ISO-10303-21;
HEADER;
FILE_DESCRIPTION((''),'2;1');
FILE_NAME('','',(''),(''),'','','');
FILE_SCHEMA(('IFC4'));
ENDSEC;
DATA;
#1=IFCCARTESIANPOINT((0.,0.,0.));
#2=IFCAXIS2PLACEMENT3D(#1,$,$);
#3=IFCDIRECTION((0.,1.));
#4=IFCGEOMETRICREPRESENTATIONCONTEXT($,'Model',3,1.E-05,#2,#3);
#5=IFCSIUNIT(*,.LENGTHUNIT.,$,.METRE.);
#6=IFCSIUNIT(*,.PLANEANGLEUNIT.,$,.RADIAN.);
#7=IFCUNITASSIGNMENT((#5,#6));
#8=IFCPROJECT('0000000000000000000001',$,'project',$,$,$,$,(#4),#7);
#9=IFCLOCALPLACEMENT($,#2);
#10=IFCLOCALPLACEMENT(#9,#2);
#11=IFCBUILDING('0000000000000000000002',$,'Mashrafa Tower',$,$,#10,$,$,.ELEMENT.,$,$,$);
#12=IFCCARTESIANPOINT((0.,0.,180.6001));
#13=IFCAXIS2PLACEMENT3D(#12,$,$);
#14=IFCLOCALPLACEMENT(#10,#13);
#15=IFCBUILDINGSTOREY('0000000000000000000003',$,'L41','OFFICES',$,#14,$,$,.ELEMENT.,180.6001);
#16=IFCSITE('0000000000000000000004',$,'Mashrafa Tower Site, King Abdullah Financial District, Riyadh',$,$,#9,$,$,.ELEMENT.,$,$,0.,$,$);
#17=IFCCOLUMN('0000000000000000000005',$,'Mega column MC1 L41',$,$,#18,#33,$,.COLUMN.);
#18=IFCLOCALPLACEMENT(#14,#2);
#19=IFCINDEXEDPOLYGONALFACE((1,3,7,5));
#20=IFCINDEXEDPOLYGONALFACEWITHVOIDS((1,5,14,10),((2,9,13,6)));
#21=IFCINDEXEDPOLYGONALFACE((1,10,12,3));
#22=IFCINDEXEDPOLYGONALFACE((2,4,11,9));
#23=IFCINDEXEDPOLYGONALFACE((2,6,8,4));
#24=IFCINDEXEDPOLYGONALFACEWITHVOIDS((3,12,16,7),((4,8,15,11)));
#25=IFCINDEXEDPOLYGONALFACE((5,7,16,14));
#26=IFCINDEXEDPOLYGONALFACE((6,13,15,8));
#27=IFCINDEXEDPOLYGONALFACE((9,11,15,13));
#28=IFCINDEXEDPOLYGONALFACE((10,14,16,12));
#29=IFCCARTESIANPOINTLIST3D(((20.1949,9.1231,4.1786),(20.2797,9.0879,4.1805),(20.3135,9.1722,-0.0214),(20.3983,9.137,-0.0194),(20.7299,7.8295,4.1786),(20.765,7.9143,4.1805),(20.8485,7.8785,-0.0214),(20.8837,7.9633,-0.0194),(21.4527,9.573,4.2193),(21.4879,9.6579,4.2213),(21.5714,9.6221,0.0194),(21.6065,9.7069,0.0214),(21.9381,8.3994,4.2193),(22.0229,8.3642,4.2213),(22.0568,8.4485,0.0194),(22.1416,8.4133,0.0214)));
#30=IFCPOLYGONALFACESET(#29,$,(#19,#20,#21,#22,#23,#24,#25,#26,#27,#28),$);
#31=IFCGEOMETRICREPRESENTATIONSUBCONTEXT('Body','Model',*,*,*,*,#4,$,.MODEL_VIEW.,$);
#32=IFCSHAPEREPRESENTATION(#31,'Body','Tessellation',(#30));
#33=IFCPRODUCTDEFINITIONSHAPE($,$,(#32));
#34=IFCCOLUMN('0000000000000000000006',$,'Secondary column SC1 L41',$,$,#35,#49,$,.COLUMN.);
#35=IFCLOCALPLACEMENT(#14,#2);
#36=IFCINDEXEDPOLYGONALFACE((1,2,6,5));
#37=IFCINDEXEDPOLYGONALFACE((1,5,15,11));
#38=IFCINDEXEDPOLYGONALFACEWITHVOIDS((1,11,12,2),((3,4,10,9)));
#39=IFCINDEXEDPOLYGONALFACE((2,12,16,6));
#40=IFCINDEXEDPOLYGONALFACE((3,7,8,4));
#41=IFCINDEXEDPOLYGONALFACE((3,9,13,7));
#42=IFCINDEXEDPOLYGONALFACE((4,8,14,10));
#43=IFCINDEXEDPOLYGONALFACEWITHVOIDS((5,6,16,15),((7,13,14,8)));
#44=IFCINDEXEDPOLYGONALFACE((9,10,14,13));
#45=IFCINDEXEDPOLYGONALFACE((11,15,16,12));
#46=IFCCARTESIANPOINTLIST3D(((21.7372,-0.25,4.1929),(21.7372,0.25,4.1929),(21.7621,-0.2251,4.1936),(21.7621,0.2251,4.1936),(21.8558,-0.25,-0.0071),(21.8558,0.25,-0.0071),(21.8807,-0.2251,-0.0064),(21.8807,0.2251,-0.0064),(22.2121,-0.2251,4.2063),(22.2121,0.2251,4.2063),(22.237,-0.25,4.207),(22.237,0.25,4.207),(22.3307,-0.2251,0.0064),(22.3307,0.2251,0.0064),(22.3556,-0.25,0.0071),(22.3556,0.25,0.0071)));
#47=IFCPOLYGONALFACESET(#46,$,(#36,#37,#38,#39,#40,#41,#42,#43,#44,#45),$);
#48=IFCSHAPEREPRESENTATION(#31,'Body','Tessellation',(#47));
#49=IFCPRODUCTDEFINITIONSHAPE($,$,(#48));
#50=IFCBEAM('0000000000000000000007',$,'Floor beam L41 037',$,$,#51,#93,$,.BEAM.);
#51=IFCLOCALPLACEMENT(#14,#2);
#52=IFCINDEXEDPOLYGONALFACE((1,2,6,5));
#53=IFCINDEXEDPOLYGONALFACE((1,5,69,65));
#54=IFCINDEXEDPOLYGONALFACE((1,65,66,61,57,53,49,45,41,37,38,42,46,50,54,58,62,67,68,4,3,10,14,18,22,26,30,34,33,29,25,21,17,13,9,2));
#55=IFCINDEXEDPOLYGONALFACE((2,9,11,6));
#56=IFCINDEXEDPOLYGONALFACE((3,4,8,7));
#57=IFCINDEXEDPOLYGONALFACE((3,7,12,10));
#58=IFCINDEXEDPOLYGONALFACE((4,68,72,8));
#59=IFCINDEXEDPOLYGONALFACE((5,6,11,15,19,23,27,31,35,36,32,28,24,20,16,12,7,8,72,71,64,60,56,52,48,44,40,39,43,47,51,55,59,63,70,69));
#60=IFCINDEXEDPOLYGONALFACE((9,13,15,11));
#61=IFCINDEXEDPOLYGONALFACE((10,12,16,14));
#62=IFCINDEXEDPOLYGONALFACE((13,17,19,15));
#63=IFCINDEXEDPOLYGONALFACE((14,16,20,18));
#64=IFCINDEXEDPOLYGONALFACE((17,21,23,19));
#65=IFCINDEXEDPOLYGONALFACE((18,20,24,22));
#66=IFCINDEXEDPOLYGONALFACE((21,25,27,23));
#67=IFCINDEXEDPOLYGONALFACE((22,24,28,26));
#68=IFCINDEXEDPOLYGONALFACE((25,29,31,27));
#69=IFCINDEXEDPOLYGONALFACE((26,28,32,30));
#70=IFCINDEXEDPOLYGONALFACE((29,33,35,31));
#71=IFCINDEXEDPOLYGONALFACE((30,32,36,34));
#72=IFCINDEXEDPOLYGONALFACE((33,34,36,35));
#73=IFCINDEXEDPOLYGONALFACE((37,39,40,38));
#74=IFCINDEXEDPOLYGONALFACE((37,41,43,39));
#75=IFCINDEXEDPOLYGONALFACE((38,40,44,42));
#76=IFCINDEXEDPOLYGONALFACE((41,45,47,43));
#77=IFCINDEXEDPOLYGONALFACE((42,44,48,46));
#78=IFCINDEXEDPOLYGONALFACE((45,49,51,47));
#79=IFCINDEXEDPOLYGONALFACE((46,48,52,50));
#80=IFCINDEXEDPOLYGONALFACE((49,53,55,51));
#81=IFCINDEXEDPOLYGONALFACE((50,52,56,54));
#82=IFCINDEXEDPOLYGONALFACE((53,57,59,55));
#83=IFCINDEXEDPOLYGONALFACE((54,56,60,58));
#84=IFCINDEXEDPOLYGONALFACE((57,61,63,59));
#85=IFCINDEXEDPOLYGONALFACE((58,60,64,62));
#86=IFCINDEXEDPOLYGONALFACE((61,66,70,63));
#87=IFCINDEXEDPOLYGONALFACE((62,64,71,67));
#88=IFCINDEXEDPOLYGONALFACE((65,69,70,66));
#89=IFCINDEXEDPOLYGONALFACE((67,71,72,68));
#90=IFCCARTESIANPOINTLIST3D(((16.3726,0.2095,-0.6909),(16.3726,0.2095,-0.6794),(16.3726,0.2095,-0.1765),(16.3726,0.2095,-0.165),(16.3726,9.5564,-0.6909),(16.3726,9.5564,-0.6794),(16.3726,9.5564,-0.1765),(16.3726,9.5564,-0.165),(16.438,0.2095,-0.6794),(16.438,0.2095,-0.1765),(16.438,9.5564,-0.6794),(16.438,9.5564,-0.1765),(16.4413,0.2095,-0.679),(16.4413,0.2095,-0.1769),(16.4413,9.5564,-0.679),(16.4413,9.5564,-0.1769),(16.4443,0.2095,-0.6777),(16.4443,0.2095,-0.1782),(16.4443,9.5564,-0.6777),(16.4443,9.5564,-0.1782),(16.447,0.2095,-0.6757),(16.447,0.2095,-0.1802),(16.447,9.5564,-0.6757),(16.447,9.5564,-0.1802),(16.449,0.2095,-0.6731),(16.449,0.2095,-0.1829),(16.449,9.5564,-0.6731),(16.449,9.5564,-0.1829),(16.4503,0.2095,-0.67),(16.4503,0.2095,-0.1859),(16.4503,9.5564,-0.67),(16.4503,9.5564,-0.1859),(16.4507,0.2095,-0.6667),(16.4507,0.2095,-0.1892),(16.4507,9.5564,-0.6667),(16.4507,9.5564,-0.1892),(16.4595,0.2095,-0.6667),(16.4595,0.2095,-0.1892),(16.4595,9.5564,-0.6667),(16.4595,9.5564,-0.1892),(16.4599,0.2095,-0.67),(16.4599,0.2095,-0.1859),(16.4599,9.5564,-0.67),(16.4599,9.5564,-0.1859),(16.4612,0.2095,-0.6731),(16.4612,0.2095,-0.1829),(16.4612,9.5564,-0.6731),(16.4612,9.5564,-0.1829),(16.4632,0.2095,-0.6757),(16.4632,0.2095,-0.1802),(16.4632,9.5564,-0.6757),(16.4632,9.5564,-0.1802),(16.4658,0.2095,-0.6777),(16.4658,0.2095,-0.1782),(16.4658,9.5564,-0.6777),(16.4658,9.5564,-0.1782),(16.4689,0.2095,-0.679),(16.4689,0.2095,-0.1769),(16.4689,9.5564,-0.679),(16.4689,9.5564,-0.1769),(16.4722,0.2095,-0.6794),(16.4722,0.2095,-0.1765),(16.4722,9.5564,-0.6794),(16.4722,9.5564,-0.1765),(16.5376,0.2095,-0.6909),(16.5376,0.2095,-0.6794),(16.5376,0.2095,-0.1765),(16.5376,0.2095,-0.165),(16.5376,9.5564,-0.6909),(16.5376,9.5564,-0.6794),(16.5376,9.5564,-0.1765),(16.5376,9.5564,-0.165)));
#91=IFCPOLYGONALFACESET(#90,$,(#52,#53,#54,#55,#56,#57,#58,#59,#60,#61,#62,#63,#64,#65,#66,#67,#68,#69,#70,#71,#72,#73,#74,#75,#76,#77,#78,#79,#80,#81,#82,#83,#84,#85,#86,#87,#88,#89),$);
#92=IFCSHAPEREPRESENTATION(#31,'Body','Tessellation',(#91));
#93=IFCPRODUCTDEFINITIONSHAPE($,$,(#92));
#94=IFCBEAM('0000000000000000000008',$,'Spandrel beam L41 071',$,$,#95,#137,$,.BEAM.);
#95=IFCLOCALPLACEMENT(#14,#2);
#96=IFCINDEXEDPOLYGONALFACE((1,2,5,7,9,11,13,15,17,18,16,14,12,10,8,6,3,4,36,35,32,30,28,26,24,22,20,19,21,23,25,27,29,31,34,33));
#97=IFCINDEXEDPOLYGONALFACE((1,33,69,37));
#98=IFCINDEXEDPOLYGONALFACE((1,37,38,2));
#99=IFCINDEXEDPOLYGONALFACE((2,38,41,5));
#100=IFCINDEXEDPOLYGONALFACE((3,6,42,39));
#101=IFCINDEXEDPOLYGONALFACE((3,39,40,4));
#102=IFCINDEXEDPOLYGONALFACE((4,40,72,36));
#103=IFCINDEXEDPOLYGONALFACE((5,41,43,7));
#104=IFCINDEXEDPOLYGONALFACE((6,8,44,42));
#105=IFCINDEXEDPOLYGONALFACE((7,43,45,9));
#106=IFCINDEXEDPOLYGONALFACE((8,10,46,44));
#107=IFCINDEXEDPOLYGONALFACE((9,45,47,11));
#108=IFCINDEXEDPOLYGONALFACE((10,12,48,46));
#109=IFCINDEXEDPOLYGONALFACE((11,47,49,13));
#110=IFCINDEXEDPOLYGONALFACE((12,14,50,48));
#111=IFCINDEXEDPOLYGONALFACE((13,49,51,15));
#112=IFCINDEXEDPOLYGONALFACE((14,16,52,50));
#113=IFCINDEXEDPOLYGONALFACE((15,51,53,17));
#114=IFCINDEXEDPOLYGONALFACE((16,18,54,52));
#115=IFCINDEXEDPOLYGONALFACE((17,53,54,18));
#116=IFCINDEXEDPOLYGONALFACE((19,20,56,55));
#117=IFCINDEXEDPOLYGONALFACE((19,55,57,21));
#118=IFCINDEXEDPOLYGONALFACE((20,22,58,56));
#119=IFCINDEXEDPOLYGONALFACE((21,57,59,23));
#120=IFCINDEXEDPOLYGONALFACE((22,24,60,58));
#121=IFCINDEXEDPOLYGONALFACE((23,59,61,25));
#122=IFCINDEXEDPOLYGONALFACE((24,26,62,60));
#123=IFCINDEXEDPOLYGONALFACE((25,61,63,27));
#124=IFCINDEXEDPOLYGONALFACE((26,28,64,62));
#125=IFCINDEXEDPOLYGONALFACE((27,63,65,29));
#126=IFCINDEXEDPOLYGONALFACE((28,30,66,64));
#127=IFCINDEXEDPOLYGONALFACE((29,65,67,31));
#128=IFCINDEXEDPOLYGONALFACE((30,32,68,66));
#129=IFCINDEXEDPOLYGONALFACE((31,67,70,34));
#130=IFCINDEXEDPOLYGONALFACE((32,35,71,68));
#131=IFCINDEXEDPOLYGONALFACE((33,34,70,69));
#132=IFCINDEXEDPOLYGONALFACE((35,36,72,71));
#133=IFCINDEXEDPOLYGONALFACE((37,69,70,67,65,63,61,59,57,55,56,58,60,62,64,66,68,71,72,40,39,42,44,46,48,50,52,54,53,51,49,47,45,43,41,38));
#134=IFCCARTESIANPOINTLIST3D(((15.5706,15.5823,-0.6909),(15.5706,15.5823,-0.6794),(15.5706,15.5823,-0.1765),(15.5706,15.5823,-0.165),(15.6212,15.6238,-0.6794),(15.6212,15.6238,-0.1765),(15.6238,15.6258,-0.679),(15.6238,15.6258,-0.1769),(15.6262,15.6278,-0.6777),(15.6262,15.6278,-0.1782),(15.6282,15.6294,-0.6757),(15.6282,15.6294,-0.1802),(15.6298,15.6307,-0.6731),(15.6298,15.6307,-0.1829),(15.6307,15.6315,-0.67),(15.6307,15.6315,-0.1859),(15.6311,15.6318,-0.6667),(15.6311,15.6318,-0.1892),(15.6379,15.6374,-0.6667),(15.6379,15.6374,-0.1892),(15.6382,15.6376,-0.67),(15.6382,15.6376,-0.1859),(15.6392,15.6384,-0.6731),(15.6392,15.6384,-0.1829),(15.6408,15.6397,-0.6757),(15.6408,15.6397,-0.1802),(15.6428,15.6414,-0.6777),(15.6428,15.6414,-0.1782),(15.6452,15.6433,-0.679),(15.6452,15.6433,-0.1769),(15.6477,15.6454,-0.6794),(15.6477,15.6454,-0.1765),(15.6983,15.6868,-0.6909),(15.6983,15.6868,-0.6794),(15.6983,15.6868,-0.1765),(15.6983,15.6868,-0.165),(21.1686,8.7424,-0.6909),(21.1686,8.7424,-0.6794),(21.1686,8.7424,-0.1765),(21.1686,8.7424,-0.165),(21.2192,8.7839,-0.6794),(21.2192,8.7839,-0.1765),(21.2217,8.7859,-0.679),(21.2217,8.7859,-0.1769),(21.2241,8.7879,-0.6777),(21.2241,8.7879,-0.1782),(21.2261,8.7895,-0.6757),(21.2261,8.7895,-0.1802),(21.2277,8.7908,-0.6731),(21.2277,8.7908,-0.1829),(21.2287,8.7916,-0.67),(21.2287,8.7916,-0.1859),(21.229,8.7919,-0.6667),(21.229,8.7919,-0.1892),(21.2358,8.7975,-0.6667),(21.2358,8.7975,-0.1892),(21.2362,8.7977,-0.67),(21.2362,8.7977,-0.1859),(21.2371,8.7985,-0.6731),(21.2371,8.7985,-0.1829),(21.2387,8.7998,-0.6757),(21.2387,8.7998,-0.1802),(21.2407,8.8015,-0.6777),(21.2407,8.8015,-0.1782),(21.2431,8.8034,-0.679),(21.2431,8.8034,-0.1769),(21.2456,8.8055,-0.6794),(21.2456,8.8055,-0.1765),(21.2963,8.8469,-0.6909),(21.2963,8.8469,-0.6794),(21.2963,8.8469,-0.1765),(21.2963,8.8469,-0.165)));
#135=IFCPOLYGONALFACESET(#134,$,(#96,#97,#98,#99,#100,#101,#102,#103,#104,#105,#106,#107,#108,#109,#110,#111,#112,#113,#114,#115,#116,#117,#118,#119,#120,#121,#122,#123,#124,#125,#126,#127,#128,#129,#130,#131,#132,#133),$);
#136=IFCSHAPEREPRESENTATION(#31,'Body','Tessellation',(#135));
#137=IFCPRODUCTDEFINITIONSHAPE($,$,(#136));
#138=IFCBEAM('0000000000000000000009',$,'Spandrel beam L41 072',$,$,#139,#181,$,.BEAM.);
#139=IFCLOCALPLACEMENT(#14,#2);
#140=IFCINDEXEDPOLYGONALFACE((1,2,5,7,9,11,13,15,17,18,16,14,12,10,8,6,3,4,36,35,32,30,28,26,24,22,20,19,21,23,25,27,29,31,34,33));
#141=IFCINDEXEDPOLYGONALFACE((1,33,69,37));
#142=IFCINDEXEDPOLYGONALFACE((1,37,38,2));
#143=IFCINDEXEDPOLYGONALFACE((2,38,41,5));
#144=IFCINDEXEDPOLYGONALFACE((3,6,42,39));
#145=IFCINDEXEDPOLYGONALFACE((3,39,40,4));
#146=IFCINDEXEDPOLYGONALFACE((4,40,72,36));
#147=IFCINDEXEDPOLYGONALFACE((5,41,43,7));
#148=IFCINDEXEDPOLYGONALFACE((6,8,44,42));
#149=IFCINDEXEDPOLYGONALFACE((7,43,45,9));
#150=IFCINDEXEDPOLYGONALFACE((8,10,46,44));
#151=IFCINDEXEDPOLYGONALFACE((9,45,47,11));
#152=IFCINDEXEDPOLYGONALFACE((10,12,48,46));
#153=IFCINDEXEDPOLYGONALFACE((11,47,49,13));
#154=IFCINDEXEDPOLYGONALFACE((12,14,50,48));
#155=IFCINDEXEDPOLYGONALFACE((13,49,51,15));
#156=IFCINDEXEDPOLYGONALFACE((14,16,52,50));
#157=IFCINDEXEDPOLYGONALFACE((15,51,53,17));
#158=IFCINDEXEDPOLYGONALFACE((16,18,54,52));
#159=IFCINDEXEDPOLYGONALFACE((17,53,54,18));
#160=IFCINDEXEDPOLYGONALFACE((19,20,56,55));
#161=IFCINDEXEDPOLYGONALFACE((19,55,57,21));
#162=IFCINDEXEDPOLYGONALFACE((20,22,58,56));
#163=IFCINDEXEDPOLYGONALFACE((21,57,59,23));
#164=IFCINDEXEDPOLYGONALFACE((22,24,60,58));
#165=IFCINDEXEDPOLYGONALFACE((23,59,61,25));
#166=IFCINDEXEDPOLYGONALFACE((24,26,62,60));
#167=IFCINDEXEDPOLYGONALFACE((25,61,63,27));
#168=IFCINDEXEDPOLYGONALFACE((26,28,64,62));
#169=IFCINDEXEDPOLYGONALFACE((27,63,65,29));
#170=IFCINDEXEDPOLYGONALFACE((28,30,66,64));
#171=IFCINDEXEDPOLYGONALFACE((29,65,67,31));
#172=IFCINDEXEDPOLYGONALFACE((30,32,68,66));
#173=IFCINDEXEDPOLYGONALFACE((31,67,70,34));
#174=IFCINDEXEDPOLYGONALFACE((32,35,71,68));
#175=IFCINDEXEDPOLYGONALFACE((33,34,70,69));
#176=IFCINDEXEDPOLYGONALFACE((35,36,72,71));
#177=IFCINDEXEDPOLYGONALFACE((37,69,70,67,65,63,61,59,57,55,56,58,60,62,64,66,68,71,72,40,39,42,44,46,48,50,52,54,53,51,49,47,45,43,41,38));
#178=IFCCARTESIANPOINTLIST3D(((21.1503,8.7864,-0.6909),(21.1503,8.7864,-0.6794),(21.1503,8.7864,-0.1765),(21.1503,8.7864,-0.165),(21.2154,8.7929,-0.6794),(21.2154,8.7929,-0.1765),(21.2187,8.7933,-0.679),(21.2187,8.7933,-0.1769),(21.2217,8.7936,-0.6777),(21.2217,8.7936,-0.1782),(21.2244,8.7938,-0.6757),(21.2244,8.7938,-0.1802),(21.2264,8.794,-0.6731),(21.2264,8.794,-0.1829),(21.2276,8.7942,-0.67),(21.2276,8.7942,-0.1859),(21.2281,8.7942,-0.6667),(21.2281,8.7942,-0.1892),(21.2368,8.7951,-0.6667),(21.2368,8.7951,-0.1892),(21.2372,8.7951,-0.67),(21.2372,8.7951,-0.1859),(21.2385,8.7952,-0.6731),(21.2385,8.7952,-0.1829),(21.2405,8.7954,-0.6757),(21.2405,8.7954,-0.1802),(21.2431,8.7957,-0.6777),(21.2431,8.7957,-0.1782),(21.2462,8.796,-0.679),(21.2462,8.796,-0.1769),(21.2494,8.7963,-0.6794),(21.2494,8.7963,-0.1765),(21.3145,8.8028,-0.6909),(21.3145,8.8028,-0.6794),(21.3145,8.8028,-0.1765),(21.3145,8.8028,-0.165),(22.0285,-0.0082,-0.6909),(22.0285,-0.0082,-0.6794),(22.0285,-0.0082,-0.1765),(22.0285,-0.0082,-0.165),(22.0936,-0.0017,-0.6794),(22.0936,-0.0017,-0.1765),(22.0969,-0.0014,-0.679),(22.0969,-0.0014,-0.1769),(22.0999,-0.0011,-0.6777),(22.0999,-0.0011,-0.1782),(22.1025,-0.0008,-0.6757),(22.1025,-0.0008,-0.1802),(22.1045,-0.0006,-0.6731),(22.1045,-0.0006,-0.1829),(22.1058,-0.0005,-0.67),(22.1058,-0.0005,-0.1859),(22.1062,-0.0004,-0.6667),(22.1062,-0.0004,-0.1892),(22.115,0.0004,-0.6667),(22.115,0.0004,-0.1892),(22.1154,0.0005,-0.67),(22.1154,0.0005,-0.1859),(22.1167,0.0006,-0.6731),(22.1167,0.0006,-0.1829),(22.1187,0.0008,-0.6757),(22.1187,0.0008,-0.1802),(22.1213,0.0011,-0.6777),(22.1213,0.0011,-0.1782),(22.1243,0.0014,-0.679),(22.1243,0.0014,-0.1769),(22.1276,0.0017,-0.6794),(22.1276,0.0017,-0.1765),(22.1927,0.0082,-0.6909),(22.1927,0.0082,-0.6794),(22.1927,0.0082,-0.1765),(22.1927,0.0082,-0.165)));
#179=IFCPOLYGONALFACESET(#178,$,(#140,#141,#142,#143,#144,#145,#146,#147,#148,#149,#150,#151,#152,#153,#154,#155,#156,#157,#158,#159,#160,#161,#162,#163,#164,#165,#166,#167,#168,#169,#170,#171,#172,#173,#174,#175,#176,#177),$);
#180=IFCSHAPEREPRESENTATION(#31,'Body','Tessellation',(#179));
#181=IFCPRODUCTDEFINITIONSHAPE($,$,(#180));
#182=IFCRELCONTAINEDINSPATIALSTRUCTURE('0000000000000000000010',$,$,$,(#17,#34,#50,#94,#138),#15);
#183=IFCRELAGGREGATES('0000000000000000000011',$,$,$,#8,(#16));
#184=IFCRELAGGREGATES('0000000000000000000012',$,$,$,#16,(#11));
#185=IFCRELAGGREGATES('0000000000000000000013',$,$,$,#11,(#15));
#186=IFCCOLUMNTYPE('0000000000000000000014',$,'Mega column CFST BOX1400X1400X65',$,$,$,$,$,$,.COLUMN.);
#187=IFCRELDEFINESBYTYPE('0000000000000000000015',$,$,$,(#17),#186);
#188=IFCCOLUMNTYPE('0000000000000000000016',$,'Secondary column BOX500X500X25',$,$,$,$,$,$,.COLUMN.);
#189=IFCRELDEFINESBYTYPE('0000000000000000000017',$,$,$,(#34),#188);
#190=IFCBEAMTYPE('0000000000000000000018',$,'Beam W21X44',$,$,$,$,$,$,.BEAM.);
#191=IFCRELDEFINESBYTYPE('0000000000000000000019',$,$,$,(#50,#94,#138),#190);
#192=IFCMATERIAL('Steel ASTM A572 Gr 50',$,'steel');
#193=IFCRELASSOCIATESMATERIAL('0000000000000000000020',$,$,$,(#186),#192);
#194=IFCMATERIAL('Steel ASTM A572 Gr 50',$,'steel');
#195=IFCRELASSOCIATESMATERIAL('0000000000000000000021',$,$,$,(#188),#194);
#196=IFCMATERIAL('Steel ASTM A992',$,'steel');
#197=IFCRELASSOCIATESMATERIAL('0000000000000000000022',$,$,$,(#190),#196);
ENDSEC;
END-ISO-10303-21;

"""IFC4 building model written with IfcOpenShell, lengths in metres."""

from ifc_helpers import new_model, si_unit, direction, frame, origin, origin_2d, place, context, subcontext, project, spatial, hollow_rectangle, i_section, extrude, material, material_profile, profile_set, type_object, element, save


model = new_model("IFC4")

# Units and contexts
model_context = context("Model", 3, precision=1e-05, world=origin(), true_north=direction((0.0, 1.0)))
body_context = subcontext(model_context, "Body", "Model", "MODEL_VIEW")
ifc_project = project(units=[si_unit("LENGTHUNIT", "METRE"), si_unit("PLANEANGLEUNIT", "RADIAN")], contexts=[model_context])

# Site, building, storey
site_placement = place(None, origin())
site = spatial("IfcSite", under=ifc_project, at=site_placement, Name="Mashrafa Tower Site, King Abdullah Financial District, Riyadh", CompositionType="ELEMENT", RefElevation=0.0)
building_placement = place(site_placement, origin())
building = spatial("IfcBuilding", under=site, at=building_placement, Name="Mashrafa Tower", CompositionType="ELEMENT")
storey_placement = place(building_placement, frame((0.0, 0.0, 180.6001)))
storey = spatial("IfcBuildingStorey", under=building, at=storey_placement, Name="L41", Description="OFFICES", CompositionType="ELEMENT", Elevation=180.6001)

# Columns
ifc_material_1 = material(Name="Steel ASTM A572 Gr 50", Category="steel")
ifc_material_profile_1 = material_profile(ifc_material_1, hollow_rectangle(XDim=1.3999, YDim=1.3999, WallThickness=0.0649, at=origin_2d()), Name="BOX1400X1400X65")
ifc_profile_set_1 = profile_set([ifc_material_profile_1], Name="Steel ASTM A572 Gr 50")
column_type_1 = type_object("IfcColumnType", Name="Mega column CFST BOX1400X1400X65", PredefinedType="COLUMN", material=ifc_profile_set_1)
column_1_placement = place(storey_placement, frame((21.2275, 8.7927, 0.0), z_axis=(-0.028238, -0.011679, 0.999533), x_axis=(0.382184, -0.924086, 0.0)))
element("IfcColumn", 1, at=column_1_placement, inside=storey, type_object=column_type_1, Name="Mega column MC1 L41", PredefinedType="COLUMN", context=body_context, shape_type="SweptSolid", body=[
    extrude(hollow_rectangle(XDim=1.3999, YDim=1.3999, WallThickness=0.0649, at=origin_2d()), origin(), (0.0, 0.0, 1.0), 4.2019),
])
ifc_material_2 = material(Name="Steel ASTM A572 Gr 50", Category="steel")
ifc_material_profile_2 = material_profile(ifc_material_2, hollow_rectangle(XDim=0.5, YDim=0.5, WallThickness=0.0249, at=origin_2d()), Name="BOX500X500X25")
ifc_profile_set_2 = profile_set([ifc_material_profile_2], Name="Steel ASTM A572 Gr 50")
column_type_2 = type_object("IfcColumnType", Name="Secondary column BOX500X500X25", PredefinedType="COLUMN", material=ifc_profile_set_2)
column_2_placement = place(storey_placement, frame((22.1057, 0.0, 0.0), z_axis=(-0.02824, 0.0, 0.999601), x_axis=(0.0, -1.0, 0.0)))
element("IfcColumn", 2, at=column_2_placement, inside=storey, type_object=column_type_2, Name="Secondary column SC1 L41", PredefinedType="COLUMN", context=body_context, shape_type="SweptSolid", body=[
    extrude(hollow_rectangle(XDim=0.5, YDim=0.5, WallThickness=0.0249, at=origin_2d()), origin(), (0.0, 0.0, 1.0), 4.2017),
])

# Beams
ifc_material_3 = material(Name="Steel ASTM A992", Category="steel")
ifc_material_profile_3 = material_profile(ifc_material_3, i_section(OverallWidth=0.165, OverallDepth=0.5259, WebThickness=0.0088, FlangeThickness=0.0115, FilletRadius=0.0127, at=origin_2d()), Name="W21X44")
ifc_profile_set_3 = profile_set([ifc_material_profile_3], Name="Steel ASTM A992")
beam_type_1 = type_object("IfcBeamType", Name="Beam W21X44", PredefinedType="BEAM", material=ifc_profile_set_3)
beam_1_placement = place(storey_placement, frame((16.4551, 9.5564, -0.428), z_axis=(0.0, -1.0, 0.0), x_axis=(1.0, 0.0, 0.0)))
element("IfcBeam", 3, at=beam_1_placement, inside=storey, type_object=beam_type_1, Name="Floor beam L41 037", PredefinedType="BEAM", context=body_context, shape_type="SweptSolid", body=[
    extrude(i_section(OverallWidth=0.165, OverallDepth=0.5259, WebThickness=0.0088, FlangeThickness=0.0115, FilletRadius=0.0127, at=origin_2d()), origin(), (0.0, 0.0, 1.0), 9.3469),
])
beam_2_placement = place(storey_placement, frame((21.2324, 8.7947, -0.428), z_axis=(-0.633351, 0.773865, 0.0), x_axis=(-0.773865, -0.633351, 0.0)))
element("IfcBeam", 4, at=beam_2_placement, inside=storey, type_object=beam_type_1, Name="Spandrel beam L41 071", PredefinedType="BEAM", context=body_context, shape_type="SweptSolid", body=[
    extrude(i_section(OverallWidth=0.165, OverallDepth=0.5259, WebThickness=0.0088, FlangeThickness=0.0115, FilletRadius=0.0127, at=origin_2d()), origin(), (0.0, 0.0, 1.0), 8.8386),
])
beam_3_placement = place(storey_placement, frame((22.1106, 0.0, -0.428), z_axis=(-0.099359, 0.995052, 0.0), x_axis=(-0.995052, -0.099359, 0.0)))
element("IfcBeam", 5, at=beam_3_placement, inside=storey, type_object=beam_type_1, Name="Spandrel beam L41 072", PredefinedType="BEAM", context=body_context, shape_type="SweptSolid", body=[
    extrude(i_section(OverallWidth=0.165, OverallDepth=0.5259, WebThickness=0.0088, FlangeThickness=0.0115, FilletRadius=0.0127, at=origin_2d()), origin(), (0.0, 0.0, 1.0), 8.8384),
])

save(model, "model.ifc")
